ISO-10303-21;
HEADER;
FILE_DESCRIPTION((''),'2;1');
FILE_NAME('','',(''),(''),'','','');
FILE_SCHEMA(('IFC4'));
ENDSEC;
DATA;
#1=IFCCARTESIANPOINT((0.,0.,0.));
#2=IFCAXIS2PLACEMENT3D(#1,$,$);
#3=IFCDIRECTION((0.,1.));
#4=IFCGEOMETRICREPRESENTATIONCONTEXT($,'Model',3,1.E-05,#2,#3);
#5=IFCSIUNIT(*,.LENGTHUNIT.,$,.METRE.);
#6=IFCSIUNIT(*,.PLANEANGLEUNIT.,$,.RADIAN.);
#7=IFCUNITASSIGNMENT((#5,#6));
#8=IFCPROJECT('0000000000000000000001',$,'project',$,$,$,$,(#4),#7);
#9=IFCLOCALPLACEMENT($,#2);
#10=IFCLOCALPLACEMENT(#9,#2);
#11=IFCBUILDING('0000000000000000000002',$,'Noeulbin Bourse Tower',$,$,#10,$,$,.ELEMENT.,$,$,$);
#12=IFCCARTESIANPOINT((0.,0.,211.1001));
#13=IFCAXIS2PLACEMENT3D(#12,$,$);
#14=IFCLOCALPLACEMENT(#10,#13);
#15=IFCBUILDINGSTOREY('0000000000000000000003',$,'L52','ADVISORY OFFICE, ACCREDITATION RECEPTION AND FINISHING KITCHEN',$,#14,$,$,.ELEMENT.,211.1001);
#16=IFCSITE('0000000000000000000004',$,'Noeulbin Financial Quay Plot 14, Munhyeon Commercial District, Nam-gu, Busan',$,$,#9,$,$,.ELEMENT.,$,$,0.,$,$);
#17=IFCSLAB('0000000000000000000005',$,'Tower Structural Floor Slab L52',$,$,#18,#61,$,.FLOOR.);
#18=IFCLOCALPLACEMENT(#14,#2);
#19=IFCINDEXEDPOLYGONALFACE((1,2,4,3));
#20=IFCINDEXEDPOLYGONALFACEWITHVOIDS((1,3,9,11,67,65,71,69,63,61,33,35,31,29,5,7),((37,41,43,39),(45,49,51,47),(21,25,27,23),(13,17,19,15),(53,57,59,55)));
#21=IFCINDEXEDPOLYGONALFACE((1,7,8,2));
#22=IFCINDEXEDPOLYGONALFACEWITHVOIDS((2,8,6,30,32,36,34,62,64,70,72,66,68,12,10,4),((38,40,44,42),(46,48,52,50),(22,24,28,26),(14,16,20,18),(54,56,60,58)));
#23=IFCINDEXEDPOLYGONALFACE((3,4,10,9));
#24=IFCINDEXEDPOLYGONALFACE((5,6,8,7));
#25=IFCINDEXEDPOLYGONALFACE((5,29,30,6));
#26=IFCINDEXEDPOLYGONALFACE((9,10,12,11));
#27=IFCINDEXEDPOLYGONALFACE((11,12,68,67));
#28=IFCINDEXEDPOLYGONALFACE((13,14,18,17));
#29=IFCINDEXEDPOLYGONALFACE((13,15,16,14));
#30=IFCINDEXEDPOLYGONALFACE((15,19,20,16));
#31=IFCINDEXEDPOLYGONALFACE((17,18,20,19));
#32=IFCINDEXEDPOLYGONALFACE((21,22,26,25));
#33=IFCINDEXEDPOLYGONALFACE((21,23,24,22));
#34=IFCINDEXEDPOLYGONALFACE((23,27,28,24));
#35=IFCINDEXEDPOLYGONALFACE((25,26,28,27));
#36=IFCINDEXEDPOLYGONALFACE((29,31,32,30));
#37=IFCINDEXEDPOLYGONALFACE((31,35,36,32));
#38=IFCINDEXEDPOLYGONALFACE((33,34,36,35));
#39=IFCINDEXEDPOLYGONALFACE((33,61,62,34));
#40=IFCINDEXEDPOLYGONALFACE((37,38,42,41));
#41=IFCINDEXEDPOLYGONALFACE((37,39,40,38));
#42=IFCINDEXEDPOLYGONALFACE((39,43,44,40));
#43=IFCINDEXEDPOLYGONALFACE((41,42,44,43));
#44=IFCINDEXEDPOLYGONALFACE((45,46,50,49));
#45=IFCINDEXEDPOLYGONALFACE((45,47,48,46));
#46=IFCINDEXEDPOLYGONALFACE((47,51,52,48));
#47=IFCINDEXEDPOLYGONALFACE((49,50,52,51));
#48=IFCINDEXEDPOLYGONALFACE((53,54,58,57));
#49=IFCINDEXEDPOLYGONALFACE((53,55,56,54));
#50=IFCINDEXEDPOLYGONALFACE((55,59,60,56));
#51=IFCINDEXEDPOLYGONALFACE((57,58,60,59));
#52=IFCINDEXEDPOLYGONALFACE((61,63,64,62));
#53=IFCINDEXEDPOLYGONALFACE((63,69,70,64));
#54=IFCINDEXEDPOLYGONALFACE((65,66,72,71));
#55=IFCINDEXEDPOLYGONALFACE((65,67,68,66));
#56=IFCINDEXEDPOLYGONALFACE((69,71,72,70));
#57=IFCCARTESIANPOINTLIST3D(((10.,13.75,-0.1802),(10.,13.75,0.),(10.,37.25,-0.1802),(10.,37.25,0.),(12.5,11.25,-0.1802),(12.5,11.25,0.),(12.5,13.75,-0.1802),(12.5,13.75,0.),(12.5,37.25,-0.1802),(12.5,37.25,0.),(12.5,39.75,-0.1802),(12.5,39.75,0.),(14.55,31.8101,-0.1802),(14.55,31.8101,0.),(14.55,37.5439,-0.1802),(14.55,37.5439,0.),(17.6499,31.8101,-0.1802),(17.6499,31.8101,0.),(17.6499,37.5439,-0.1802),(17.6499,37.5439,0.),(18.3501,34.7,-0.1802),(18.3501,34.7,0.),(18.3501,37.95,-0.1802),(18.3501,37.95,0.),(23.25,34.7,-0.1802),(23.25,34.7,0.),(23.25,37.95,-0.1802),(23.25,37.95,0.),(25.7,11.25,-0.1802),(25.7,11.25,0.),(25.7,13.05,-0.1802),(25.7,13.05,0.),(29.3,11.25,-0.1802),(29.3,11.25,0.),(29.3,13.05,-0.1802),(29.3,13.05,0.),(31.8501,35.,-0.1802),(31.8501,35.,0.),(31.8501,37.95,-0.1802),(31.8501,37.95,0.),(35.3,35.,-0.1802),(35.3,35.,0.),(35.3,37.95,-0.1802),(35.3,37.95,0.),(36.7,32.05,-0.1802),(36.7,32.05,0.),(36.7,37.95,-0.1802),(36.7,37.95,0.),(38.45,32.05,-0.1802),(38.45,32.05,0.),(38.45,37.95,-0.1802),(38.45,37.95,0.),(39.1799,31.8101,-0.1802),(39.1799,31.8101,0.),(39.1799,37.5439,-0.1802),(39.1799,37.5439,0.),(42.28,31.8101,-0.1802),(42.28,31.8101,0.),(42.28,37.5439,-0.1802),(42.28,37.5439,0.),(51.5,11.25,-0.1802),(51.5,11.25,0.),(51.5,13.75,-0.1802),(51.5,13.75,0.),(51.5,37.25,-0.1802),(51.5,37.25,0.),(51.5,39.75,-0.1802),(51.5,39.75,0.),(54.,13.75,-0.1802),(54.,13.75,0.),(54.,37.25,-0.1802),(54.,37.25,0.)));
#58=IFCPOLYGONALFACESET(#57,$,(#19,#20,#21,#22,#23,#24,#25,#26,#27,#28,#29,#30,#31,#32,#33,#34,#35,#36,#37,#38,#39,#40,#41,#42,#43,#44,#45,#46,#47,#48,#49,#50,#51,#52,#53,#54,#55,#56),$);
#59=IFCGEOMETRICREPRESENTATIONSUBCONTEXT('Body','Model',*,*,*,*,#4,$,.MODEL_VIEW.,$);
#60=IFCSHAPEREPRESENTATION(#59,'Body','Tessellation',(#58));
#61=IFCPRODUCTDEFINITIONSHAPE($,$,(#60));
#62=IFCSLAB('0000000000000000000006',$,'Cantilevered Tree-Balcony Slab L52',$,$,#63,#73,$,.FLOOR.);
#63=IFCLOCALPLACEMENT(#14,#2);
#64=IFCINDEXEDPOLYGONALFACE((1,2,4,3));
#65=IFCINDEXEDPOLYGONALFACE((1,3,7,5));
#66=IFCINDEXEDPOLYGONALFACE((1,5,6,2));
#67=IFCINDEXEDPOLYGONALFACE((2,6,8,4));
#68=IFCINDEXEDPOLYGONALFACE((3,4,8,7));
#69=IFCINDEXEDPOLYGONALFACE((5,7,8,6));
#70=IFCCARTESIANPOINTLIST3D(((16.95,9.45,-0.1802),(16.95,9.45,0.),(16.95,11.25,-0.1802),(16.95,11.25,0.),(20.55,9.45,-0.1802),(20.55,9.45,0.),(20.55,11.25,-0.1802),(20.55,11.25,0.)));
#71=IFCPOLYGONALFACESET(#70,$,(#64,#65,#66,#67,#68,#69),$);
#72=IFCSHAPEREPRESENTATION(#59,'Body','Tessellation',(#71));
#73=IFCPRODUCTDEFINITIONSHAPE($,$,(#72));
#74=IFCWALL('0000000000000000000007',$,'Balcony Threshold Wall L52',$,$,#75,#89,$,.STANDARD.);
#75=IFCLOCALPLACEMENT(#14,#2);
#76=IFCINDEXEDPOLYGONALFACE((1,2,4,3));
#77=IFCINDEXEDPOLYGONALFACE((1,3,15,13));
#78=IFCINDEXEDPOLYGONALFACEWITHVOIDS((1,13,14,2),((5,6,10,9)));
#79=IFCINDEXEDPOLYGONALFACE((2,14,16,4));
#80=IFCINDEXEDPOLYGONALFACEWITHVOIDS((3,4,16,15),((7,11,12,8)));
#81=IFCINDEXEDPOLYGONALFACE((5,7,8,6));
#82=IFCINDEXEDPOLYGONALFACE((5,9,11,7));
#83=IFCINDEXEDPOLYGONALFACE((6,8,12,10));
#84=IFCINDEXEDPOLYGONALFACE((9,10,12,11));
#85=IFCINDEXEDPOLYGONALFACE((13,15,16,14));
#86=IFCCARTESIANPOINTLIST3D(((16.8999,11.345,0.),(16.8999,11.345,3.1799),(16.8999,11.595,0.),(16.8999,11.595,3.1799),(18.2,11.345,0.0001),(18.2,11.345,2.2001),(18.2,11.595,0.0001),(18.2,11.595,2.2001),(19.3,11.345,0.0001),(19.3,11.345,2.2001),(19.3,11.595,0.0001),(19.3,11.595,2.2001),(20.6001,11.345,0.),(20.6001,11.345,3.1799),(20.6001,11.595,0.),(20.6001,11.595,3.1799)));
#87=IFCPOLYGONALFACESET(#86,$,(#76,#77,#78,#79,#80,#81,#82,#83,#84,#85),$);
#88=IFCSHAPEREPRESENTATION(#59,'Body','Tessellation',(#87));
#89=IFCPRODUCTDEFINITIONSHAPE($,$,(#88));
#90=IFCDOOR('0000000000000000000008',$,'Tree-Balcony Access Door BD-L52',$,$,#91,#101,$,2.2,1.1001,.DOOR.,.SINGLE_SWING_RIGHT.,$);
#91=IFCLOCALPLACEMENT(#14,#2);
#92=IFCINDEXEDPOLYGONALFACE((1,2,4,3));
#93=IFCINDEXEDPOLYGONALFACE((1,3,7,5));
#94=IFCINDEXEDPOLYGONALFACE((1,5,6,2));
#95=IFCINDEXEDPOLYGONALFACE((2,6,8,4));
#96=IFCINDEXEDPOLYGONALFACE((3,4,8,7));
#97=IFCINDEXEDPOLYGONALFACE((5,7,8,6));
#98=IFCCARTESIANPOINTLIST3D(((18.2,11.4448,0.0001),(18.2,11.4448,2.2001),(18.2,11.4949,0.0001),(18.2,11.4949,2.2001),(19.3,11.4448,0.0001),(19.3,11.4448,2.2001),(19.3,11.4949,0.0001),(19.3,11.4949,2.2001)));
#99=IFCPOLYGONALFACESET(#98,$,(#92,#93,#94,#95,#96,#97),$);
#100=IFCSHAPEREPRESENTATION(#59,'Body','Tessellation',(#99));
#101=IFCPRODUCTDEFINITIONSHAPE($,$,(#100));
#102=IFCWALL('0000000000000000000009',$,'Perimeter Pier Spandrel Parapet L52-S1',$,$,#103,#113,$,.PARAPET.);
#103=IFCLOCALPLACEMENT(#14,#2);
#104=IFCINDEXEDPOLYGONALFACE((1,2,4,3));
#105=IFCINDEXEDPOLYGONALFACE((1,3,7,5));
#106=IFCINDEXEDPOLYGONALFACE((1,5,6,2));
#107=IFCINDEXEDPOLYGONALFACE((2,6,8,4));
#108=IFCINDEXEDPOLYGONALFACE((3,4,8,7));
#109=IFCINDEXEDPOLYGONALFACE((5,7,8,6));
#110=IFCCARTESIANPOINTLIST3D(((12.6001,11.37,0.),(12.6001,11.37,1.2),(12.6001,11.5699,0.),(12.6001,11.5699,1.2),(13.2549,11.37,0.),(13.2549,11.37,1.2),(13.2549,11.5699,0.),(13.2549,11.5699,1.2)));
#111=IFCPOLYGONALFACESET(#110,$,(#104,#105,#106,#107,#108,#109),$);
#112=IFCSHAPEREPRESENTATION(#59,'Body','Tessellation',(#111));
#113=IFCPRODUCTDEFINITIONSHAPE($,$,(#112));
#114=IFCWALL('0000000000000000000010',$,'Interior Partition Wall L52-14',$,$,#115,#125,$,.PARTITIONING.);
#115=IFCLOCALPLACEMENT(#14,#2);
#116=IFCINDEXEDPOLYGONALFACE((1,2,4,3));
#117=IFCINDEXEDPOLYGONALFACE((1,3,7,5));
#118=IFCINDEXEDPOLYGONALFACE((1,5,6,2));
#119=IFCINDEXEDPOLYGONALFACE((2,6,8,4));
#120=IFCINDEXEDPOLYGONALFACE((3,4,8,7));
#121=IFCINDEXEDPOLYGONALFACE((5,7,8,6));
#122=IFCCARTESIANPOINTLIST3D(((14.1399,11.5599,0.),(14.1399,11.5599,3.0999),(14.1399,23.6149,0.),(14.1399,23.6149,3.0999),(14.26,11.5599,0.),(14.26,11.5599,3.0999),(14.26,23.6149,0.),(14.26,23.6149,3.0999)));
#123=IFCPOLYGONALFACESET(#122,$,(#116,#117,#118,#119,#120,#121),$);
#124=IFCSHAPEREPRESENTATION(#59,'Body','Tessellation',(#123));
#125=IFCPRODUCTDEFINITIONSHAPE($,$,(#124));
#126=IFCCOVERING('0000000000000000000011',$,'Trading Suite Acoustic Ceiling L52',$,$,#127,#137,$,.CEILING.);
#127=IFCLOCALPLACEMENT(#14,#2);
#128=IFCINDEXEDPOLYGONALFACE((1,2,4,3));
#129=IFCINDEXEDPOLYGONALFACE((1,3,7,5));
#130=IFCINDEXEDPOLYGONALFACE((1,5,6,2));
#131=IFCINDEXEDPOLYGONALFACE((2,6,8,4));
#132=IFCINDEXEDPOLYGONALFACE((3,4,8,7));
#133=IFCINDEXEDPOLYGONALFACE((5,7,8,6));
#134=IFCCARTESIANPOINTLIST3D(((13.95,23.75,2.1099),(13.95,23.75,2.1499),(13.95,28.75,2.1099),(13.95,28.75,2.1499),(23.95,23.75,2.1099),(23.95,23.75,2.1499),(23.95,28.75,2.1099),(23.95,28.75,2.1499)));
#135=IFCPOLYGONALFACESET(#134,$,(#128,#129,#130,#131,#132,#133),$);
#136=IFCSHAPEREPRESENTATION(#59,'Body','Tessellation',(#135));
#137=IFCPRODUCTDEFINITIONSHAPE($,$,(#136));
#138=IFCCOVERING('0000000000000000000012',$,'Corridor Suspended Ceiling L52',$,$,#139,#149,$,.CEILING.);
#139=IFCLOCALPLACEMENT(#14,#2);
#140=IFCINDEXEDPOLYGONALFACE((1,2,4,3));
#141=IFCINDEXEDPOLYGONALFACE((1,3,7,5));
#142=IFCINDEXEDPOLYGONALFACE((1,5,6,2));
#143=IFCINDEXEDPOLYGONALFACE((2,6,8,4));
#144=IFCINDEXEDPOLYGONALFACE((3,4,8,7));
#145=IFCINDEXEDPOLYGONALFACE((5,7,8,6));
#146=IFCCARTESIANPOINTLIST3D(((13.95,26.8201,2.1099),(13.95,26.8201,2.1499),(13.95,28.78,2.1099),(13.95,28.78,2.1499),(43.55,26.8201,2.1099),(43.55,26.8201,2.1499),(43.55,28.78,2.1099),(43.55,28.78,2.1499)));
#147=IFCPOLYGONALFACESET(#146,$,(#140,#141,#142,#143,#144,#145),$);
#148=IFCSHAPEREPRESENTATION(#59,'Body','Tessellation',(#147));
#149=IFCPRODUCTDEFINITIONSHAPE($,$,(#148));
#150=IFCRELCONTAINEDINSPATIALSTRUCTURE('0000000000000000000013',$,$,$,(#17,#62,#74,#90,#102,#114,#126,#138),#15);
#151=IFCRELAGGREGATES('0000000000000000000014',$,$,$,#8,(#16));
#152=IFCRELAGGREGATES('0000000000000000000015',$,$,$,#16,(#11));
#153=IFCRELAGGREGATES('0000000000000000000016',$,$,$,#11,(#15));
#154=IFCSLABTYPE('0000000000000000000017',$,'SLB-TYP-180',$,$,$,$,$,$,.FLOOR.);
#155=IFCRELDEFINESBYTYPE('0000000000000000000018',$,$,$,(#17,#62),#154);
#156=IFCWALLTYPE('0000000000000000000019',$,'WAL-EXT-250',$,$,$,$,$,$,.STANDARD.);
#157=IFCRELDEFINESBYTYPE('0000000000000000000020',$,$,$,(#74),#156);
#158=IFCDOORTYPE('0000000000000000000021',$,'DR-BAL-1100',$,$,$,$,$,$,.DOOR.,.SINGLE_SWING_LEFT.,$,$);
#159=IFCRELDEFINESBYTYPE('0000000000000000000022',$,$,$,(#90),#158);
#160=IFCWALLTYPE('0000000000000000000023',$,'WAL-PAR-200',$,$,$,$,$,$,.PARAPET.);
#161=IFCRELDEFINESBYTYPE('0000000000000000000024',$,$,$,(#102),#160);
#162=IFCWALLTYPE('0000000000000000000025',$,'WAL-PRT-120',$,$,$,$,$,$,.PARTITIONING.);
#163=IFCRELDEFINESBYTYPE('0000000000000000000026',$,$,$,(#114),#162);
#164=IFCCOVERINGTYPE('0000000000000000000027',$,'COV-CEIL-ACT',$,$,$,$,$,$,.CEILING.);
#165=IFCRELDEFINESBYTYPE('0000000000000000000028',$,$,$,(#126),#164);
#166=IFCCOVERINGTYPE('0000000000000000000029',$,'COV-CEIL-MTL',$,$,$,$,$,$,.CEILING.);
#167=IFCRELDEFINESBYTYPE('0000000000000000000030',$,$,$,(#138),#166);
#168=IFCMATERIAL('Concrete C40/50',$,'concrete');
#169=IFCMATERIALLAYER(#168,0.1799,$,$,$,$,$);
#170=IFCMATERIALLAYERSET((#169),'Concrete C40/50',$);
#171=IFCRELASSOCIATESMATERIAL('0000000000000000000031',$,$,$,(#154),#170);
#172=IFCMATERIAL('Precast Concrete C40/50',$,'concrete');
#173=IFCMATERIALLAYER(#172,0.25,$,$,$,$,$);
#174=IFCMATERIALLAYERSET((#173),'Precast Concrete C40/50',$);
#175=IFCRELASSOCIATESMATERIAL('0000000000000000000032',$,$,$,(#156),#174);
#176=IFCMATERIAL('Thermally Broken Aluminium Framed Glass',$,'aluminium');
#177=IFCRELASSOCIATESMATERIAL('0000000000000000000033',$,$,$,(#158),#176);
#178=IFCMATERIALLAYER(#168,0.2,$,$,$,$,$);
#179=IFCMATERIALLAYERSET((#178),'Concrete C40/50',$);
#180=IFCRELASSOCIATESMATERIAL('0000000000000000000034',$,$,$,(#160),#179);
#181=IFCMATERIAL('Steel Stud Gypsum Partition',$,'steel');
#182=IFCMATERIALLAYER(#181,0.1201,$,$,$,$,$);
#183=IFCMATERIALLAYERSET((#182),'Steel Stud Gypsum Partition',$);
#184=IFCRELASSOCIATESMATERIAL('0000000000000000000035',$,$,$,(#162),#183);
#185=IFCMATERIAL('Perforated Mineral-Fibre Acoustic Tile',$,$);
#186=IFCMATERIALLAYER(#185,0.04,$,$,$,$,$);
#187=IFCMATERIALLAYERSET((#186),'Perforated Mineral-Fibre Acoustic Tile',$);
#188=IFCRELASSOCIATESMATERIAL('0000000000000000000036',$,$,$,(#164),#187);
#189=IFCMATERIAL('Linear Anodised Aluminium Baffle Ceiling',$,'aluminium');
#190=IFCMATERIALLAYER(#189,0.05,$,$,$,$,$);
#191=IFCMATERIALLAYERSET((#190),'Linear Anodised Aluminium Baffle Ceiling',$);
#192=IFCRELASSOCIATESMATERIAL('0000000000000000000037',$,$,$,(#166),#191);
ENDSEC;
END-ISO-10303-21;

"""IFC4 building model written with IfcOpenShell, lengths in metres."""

from ifc_helpers import new_model, si_unit, direction, frame, frame_2d, origin, place, context, subcontext, project, spatial, polyline, rectangle, outline, extrude, material, layer, layer_set, type_object, element, fill, save


model = new_model("IFC4")

# Units and contexts
model_context = context("Model", 3, precision=1e-05, world=origin(), true_north=direction((0.0, 1.0)))
body_context = subcontext(model_context, "Body", "Model", "MODEL_VIEW")
ifc_project = project(units=[si_unit("LENGTHUNIT", "METRE"), si_unit("PLANEANGLEUNIT", "RADIAN")], contexts=[model_context])

# Site, building, storey
site_placement = place(None, origin())
site = spatial("IfcSite", under=ifc_project, at=site_placement, Name="Noeulbin Financial Quay Plot 14, Munhyeon Commercial District, Nam-gu, Busan", CompositionType="ELEMENT", RefElevation=0.0)
building_placement = place(site_placement, origin())
building = spatial("IfcBuilding", under=site, at=building_placement, Name="Noeulbin Bourse Tower", CompositionType="ELEMENT")
storey_placement = place(building_placement, frame((0.0, 0.0, 211.1001)))
storey = spatial("IfcBuildingStorey", under=building, at=storey_placement, Name="L52", Description="ADVISORY OFFICE, ACCREDITATION RECEPTION AND FINISHING KITCHEN", CompositionType="ELEMENT", Elevation=211.1001)

# Shared definitions
ifc_material_1 = material(Name="Concrete C40/50", Category="concrete")

# Slab, openings
ifc_layer_1 = layer(ifc_material_1, 0.1799)
ifc_layer_set_1 = layer_set([ifc_layer_1], Name="Concrete C40/50")
slab_type_1 = type_object("IfcSlabType", Name="SLB-TYP-180", PredefinedType="FLOOR", material=ifc_layer_set_1)
slab_1_placement = place(storey_placement, frame((0.0, 0.0, -0.1802)))
slab_1 = element("IfcSlab", 1, at=slab_1_placement, inside=storey, type_object=slab_type_1, Name="Tower Structural Floor Slab L52", PredefinedType="FLOOR", context=body_context, shape_type="SweptSolid", body=[
    extrude(outline(polyline([(12.5, 11.25), (25.7, 11.25), (25.7, 13.05), (29.3, 13.05), (29.3, 11.25), (51.5, 11.25), (51.5, 13.75), (54.0, 13.75), (54.0, 37.25), (51.5, 37.25), (51.5, 39.75), (12.5, 39.75), (12.5, 37.25), (10.0, 37.25), (10.0, 13.75), (12.5, 13.75), (12.5, 11.25)]), holes=[polyline([(17.6499, 31.8101), (17.6499, 37.5439), (14.55, 37.5439), (14.55, 31.8101), (17.6499, 31.8101)]), polyline([(42.28, 31.8101), (42.28, 37.5439), (39.1799, 37.5439), (39.1799, 31.8101), (42.28, 31.8101)]), polyline([(18.3501, 34.7), (23.25, 34.7), (23.25, 37.95), (18.3501, 37.95), (18.3501, 34.7)]), polyline([(36.7, 32.05), (38.45, 32.05), (38.45, 37.95), (36.7, 37.95), (36.7, 32.05)]), polyline([(31.8501, 35.0), (35.3, 35.0), (35.3, 37.95), (31.8501, 37.95), (31.8501, 35.0)])]), origin(), (0.0, 0.0, 1.0), 0.1802),
])
opening_1_placement = place(slab_1_placement, frame((0.0, 0.0, -0.01)))
element("IfcOpeningElement", 2, at=opening_1_placement, cuts=slab_1, PredefinedType="OPENING", context=body_context, shape_type="SweptSolid", body=[
    extrude(outline(polyline([(17.6499, 31.8101), (17.6499, 37.5439), (14.55, 37.5439), (14.55, 31.8101), (17.6499, 31.8101)])), origin(), (0.0, 0.0, 1.0), 0.2002),
])
opening_2_placement = place(slab_1_placement, frame((0.0, 0.0, -0.01)))
element("IfcOpeningElement", 3, at=opening_2_placement, cuts=slab_1, PredefinedType="OPENING", context=body_context, shape_type="SweptSolid", body=[
    extrude(outline(polyline([(42.28, 31.8101), (42.28, 37.5439), (39.1799, 37.5439), (39.1799, 31.8101), (42.28, 31.8101)])), origin(), (0.0, 0.0, 1.0), 0.2002),
])
opening_3_placement = place(slab_1_placement, frame((0.0, 0.0, -0.01)))
element("IfcOpeningElement", 4, at=opening_3_placement, cuts=slab_1, PredefinedType="OPENING", context=body_context, shape_type="SweptSolid", body=[
    extrude(outline(polyline([(18.3501, 34.7), (23.25, 34.7), (23.25, 37.95), (18.3501, 37.95), (18.3501, 34.7)])), origin(), (0.0, 0.0, 1.0), 0.2002),
])
opening_4_placement = place(slab_1_placement, frame((0.0, 0.0, -0.01)))
element("IfcOpeningElement", 5, at=opening_4_placement, cuts=slab_1, PredefinedType="OPENING", context=body_context, shape_type="SweptSolid", body=[
    extrude(outline(polyline([(36.7, 32.05), (38.45, 32.05), (38.45, 37.95), (36.7, 37.95), (36.7, 32.05)])), origin(), (0.0, 0.0, 1.0), 0.2002),
])
opening_5_placement = place(slab_1_placement, frame((0.0, 0.0, -0.01)))
element("IfcOpeningElement", 6, at=opening_5_placement, cuts=slab_1, PredefinedType="OPENING", context=body_context, shape_type="SweptSolid", body=[
    extrude(outline(polyline([(31.8501, 35.0), (35.3, 35.0), (35.3, 37.95), (31.8501, 37.95), (31.8501, 35.0)])), origin(), (0.0, 0.0, 1.0), 0.2002),
])

# Slab
slab_2_placement = place(storey_placement, frame((0.0, 0.0, -0.1802)))
element("IfcSlab", 7, at=slab_2_placement, inside=storey, type_object=slab_type_1, Name="Cantilevered Tree-Balcony Slab L52", PredefinedType="FLOOR", context=body_context, shape_type="SweptSolid", body=[
    extrude(outline(polyline([(16.95, 9.45), (20.55, 9.45), (20.55, 11.25), (16.95, 11.25), (16.95, 9.45)])), origin(), (0.0, 0.0, 1.0), 0.1802),
])

# Wall, opening, door
ifc_material_2 = material(Name="Precast Concrete C40/50", Category="concrete")
ifc_layer_2 = layer(ifc_material_2, 0.25)
ifc_layer_set_2 = layer_set([ifc_layer_2], Name="Precast Concrete C40/50")
wall_type_1 = type_object("IfcWallType", Name="WAL-EXT-250", PredefinedType="STANDARD", material=ifc_layer_set_2)
wall_1_placement = place(storey_placement, frame((16.8999, 11.47, 0.0), z_axis=(0.0, 0.0, 1.0), x_axis=(1.0, 0.0, 0.0)))
wall_1 = element("IfcWall", 8, at=wall_1_placement, inside=storey, type_object=wall_type_1, Name="Balcony Threshold Wall L52", PredefinedType="STANDARD", context=body_context, shape_type="SweptSolid", body=[
    extrude(rectangle(XDim=3.7002, YDim=0.25, at=frame_2d((1.8501, 0.0))), origin(), (0.0, 0.0, 1.0), 3.1799),
])
opening_6_placement = place(wall_1_placement, frame((1.3, 0.0, 0.0)))
opening_6 = element("IfcOpeningElement", 9, at=opening_6_placement, cuts=wall_1, PredefinedType="OPENING", context=body_context, shape_type="SweptSolid", body=[
    extrude(rectangle(XDim=1.1001, YDim=2.2, at=frame_2d((0.55, 1.1001))), frame((0.0, 0.135, 0.0), z_axis=(0.0, -1.0, 0.0), x_axis=(1.0, 0.0, 0.0)), (0.0, 0.0, 1.0), 0.27),
])
ifc_material_3 = material(Name="Thermally Broken Aluminium Framed Glass", Category="aluminium")
door_type = type_object("IfcDoorType", Name="DR-BAL-1100", OperationType="SINGLE_SWING_LEFT", PredefinedType="DOOR", material=ifc_material_3)
door_placement = place(opening_6_placement, origin())
door = element("IfcDoor", 10, at=door_placement, inside=storey, type_object=door_type, Name="Tree-Balcony Access Door BD-L52", OperationType="SINGLE_SWING_RIGHT", OverallHeight=2.2, OverallWidth=1.1001, PredefinedType="DOOR", context=body_context, shape_type="SweptSolid", body=[
    extrude(rectangle(XDim=1.1001, YDim=2.2, at=frame_2d((0.55, 1.1001))), frame((0.0, 0.0249, 0.0), z_axis=(0.0, -1.0, 0.0), x_axis=(1.0, 0.0, 0.0)), (0.0, 0.0, 1.0), 0.05),
])
fill(opening_6, door)

# Walls
ifc_layer_3 = layer(ifc_material_1, 0.2)
ifc_layer_set_3 = layer_set([ifc_layer_3], Name="Concrete C40/50")
wall_type_2 = type_object("IfcWallType", Name="WAL-PAR-200", PredefinedType="PARAPET", material=ifc_layer_set_3)
wall_2_placement = place(storey_placement, frame((12.6001, 11.47, 0.0), z_axis=(0.0, 0.0, 1.0), x_axis=(1.0, 0.0, 0.0)))
element("IfcWall", 11, at=wall_2_placement, inside=storey, type_object=wall_type_2, Name="Perimeter Pier Spandrel Parapet L52-S1", PredefinedType="PARAPET", context=body_context, shape_type="SweptSolid", body=[
    extrude(rectangle(XDim=0.6548, YDim=0.2, at=frame_2d((0.3274, 0.0))), origin(), (0.0, 0.0, 1.0), 1.2),
])
ifc_material_4 = material(Name="Steel Stud Gypsum Partition", Category="steel")
ifc_layer_4 = layer(ifc_material_4, 0.1201)
ifc_layer_set_4 = layer_set([ifc_layer_4], Name="Steel Stud Gypsum Partition")
wall_type_3 = type_object("IfcWallType", Name="WAL-PRT-120", PredefinedType="PARTITIONING", material=ifc_layer_set_4)
wall_3_placement = place(storey_placement, frame((14.2, 11.5601, 0.0), z_axis=(0.0, 0.0, 1.0), x_axis=(0.0, 1.0, 0.0)))
element("IfcWall", 12, at=wall_3_placement, inside=storey, type_object=wall_type_3, Name="Interior Partition Wall L52-14", PredefinedType="PARTITIONING", context=body_context, shape_type="SweptSolid", body=[
    extrude(rectangle(XDim=12.0549, YDim=0.1201, at=frame_2d((6.0273, 0.0))), origin(), (0.0, 0.0, 1.0), 3.0999),
])

# Coverings
ifc_material_5 = material(Name="Perforated Mineral-Fibre Acoustic Tile")
ifc_layer_5 = layer(ifc_material_5, 0.04)
ifc_layer_set_5 = layer_set([ifc_layer_5], Name="Perforated Mineral-Fibre Acoustic Tile")
covering_type_1 = type_object("IfcCoveringType", Name="COV-CEIL-ACT", PredefinedType="CEILING", material=ifc_layer_set_5)
covering_1_placement = place(storey_placement, frame((0.0, 0.0, 2.1099)))
element("IfcCovering", 13, at=covering_1_placement, inside=storey, type_object=covering_type_1, Name="Trading Suite Acoustic Ceiling L52", PredefinedType="CEILING", context=body_context, shape_type="SweptSolid", body=[
    extrude(outline(polyline([(13.95, 23.75), (23.95, 23.75), (23.95, 28.75), (13.95, 28.75), (13.95, 23.75)])), origin(), (0.0, 0.0, 1.0), 0.04),
])
ifc_material_6 = material(Name="Linear Anodised Aluminium Baffle Ceiling", Category="aluminium")
ifc_layer_6 = layer(ifc_material_6, 0.05)
ifc_layer_set_6 = layer_set([ifc_layer_6], Name="Linear Anodised Aluminium Baffle Ceiling")
covering_type_2 = type_object("IfcCoveringType", Name="COV-CEIL-MTL", PredefinedType="CEILING", material=ifc_layer_set_6)
covering_2_placement = place(storey_placement, frame((0.0, 0.0, 2.1099)))
element("IfcCovering", 14, at=covering_2_placement, inside=storey, type_object=covering_type_2, Name="Corridor Suspended Ceiling L52", PredefinedType="CEILING", context=body_context, shape_type="SweptSolid", body=[
    extrude(outline(polyline([(13.95, 26.8201), (43.55, 26.8201), (43.55, 28.78), (13.95, 28.78), (13.95, 26.8201)])), origin(), (0.0, 0.0, 1.0), 0.04),
])

save(model, "model.ifc")
